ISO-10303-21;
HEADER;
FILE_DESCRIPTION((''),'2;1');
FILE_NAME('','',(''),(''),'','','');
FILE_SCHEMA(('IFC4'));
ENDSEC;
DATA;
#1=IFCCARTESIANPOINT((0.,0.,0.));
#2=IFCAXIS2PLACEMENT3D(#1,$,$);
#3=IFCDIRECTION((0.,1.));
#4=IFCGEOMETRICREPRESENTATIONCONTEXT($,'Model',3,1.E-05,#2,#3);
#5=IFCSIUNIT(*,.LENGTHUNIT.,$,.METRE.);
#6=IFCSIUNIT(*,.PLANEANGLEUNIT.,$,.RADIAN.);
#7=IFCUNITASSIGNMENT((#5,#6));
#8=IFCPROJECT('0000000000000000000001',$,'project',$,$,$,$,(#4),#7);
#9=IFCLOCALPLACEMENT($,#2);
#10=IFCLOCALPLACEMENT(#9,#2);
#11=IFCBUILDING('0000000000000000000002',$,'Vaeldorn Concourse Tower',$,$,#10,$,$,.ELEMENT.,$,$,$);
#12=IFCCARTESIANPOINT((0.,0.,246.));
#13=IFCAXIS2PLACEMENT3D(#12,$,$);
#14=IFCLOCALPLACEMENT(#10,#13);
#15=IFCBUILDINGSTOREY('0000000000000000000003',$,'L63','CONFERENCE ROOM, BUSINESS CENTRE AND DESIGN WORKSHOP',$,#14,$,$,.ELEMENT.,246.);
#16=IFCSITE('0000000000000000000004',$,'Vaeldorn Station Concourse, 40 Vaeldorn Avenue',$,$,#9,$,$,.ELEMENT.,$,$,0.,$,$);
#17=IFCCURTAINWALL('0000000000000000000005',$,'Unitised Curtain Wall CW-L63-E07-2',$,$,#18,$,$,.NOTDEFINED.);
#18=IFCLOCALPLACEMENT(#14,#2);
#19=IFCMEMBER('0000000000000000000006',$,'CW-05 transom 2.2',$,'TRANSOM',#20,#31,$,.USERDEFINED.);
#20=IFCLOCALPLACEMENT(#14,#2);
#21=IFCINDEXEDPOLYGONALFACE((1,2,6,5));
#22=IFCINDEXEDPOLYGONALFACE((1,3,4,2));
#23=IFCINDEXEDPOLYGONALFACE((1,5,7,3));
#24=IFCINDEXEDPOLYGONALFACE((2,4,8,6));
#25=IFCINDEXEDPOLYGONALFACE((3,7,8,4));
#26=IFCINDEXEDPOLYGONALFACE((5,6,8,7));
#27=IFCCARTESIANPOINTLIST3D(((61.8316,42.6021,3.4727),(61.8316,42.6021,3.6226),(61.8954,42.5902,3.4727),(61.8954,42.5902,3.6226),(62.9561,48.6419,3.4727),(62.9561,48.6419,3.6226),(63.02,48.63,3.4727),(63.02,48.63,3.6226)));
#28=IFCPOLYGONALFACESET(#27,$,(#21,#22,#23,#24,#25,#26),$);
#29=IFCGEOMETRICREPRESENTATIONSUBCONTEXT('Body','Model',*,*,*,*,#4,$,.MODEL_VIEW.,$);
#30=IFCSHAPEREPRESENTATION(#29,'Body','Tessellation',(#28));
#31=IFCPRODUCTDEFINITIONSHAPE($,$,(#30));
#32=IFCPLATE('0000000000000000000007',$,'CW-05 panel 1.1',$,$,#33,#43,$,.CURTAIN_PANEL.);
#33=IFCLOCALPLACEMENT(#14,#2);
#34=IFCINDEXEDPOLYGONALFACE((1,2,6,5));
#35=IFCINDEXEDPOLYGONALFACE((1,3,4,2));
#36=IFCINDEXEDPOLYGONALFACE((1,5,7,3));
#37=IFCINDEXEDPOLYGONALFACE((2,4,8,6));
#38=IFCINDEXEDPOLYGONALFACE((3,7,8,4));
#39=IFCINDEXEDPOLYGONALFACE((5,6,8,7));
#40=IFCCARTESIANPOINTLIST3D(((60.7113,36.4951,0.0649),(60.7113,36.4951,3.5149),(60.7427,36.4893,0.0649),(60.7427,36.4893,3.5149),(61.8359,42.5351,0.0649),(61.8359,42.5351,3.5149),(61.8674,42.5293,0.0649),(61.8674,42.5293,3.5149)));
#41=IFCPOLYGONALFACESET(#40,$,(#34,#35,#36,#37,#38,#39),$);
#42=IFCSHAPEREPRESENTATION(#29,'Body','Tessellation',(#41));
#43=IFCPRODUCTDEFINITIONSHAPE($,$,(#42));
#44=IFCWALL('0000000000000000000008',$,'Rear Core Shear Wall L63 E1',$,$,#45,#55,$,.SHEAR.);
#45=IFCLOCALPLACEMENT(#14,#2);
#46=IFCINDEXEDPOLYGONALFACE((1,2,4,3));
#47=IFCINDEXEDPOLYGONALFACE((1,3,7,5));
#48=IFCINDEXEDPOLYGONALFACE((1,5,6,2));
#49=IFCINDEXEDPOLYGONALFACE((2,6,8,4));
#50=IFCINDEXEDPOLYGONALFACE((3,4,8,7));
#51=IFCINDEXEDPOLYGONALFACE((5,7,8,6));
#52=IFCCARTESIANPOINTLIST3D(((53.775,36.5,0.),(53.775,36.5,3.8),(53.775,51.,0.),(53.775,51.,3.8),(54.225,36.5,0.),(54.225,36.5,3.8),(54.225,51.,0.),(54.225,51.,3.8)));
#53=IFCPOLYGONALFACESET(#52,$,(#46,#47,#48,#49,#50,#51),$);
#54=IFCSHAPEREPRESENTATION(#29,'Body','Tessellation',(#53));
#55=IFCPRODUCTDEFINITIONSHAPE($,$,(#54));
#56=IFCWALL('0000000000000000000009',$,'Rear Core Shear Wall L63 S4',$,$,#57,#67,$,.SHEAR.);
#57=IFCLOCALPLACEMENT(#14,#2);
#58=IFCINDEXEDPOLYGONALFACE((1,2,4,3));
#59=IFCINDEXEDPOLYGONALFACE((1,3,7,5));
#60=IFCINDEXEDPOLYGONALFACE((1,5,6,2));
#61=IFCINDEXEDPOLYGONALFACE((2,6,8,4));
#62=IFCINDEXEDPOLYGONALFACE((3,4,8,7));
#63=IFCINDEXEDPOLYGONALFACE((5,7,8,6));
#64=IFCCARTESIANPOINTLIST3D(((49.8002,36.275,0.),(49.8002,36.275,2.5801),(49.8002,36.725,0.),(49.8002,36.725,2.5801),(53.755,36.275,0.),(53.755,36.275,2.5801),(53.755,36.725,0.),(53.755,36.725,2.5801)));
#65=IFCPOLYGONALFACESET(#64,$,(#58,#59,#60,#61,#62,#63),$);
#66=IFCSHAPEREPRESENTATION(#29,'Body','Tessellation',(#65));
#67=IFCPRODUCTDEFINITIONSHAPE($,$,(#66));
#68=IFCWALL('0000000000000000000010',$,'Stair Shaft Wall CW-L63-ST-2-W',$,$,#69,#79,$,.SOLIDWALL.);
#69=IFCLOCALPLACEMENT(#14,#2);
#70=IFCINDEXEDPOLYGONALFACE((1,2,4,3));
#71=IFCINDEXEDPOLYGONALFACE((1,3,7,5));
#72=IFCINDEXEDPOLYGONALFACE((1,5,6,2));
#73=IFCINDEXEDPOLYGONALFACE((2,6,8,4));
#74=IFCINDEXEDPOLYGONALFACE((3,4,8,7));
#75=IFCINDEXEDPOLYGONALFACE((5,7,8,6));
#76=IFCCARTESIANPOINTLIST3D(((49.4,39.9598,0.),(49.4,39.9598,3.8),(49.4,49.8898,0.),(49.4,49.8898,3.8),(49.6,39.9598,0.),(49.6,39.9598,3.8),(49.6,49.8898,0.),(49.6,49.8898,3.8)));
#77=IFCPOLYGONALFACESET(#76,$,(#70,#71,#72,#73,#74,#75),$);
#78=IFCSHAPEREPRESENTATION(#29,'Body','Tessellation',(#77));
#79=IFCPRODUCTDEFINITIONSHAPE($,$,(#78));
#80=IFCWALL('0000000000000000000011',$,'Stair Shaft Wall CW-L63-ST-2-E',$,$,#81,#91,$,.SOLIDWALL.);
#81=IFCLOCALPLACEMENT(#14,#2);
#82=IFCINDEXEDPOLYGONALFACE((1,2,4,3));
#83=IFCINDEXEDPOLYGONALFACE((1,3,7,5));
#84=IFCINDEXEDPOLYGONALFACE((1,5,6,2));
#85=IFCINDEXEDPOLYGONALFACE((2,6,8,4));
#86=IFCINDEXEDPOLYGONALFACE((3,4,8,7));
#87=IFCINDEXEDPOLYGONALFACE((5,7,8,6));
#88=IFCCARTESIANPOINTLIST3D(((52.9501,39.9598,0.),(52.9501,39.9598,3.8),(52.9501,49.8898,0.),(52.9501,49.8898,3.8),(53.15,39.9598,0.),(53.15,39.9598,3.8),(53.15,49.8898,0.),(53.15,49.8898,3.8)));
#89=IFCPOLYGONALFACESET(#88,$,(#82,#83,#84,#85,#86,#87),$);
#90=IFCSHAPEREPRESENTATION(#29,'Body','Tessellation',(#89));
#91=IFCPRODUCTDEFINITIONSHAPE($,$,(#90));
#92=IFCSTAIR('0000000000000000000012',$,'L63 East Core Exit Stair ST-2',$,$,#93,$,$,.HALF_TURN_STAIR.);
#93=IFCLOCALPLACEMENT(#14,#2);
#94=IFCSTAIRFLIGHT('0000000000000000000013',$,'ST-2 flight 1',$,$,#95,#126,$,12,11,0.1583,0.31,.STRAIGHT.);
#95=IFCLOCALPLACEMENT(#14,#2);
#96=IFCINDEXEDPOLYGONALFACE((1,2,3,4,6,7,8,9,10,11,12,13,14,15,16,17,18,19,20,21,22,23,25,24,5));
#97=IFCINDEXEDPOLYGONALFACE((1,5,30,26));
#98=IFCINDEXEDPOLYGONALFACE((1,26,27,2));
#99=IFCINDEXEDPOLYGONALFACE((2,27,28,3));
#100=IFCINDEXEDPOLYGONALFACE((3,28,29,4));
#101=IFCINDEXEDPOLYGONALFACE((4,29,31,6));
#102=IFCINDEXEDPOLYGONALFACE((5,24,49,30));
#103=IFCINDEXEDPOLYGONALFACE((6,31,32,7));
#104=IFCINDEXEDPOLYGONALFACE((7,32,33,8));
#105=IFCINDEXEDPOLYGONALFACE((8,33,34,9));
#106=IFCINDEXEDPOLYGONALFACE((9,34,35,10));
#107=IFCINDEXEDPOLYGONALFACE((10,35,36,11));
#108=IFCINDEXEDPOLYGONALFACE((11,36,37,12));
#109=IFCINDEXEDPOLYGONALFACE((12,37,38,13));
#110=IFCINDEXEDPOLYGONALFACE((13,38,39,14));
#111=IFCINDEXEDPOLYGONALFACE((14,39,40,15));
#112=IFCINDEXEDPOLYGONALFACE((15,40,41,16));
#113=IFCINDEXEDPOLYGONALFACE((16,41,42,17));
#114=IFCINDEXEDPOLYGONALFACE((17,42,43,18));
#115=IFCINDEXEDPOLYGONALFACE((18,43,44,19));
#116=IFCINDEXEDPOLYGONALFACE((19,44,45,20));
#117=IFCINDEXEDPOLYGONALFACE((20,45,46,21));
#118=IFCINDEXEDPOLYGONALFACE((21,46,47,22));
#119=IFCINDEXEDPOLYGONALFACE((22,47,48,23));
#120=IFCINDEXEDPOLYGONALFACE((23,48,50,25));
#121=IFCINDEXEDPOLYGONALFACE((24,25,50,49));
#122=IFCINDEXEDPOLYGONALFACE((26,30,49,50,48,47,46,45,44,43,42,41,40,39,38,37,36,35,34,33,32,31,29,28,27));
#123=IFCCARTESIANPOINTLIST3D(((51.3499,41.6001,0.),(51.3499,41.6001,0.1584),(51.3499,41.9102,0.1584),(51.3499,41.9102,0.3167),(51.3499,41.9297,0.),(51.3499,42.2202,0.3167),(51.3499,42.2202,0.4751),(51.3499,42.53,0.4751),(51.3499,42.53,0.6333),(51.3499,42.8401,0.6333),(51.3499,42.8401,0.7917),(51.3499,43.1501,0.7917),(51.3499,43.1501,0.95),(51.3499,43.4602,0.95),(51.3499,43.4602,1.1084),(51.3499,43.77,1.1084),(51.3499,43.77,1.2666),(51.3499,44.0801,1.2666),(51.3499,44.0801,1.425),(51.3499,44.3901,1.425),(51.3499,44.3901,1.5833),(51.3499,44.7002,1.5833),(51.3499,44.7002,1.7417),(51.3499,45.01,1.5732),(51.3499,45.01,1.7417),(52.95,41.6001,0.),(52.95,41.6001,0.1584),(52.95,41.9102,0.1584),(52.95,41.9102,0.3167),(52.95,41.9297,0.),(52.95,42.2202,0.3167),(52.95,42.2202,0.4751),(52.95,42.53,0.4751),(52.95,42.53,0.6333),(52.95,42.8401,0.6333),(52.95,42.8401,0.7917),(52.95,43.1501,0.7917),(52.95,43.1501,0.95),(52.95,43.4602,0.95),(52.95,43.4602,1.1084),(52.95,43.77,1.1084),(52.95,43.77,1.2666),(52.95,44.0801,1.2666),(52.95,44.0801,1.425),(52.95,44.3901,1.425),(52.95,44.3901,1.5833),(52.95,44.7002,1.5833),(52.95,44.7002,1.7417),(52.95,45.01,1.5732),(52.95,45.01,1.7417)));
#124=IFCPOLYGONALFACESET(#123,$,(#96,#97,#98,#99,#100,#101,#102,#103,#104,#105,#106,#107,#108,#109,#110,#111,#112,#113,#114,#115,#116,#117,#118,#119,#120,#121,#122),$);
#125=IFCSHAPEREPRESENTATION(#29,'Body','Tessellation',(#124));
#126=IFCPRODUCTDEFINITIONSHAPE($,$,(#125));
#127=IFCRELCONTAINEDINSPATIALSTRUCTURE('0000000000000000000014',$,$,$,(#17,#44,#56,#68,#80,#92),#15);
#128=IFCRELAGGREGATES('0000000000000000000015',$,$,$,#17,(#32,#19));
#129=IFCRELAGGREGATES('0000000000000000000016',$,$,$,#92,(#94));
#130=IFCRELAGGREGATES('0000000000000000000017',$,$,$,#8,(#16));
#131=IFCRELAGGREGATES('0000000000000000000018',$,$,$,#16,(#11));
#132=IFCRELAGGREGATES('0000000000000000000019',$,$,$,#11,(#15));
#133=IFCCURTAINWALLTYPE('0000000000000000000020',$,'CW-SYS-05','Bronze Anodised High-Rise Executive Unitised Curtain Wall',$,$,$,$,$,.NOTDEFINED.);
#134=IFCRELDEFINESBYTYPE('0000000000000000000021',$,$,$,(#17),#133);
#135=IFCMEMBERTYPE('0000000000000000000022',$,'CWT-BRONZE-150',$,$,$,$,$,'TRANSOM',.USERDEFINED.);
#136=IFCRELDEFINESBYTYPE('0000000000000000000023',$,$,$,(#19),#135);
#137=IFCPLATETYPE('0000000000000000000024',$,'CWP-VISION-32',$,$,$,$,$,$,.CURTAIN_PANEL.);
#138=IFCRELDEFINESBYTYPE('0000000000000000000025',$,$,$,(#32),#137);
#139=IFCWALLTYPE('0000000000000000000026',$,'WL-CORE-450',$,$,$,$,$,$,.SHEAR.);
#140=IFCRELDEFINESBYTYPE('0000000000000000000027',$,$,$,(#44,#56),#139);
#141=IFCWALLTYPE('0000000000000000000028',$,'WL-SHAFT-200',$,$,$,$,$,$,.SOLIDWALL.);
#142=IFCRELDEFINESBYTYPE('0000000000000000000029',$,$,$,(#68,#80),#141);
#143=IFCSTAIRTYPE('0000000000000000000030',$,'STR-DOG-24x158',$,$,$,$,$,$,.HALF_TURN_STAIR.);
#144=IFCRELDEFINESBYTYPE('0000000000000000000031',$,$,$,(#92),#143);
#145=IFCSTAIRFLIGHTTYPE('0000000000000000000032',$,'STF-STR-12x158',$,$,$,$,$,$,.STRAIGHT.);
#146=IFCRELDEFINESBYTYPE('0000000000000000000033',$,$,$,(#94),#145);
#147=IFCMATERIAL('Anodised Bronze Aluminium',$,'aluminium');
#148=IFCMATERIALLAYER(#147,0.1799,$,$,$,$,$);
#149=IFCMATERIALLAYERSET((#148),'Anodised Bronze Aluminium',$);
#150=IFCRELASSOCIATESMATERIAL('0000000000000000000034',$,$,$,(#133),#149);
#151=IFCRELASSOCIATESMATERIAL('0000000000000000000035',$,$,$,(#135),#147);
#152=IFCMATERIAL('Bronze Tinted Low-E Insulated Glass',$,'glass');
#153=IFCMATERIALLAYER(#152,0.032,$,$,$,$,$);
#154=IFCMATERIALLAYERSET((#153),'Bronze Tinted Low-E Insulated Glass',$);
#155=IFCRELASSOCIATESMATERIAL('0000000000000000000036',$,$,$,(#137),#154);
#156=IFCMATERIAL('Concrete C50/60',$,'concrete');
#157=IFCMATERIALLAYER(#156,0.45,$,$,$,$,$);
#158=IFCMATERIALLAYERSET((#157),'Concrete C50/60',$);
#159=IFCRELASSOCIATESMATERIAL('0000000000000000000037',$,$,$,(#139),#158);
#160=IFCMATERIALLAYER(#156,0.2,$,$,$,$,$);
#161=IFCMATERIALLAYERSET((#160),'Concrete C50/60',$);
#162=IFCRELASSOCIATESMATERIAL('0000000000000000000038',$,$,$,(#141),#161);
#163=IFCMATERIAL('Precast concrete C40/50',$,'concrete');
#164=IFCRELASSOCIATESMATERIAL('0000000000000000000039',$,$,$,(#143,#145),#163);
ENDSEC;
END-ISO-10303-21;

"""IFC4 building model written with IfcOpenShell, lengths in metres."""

from ifc_helpers import new_model, si_unit, direction, frame, frame_2d, origin, origin_2d, place, context, subcontext, project, spatial, polyline, rectangle, outline, extrude, source, transform, mapped, material, layer, layer_set, material_profile, profile_set, type_object, element, aggregate, save


model = new_model("IFC4")

# Units and contexts
model_context = context("Model", 3, precision=1e-05, world=origin(), true_north=direction((0.0, 1.0)))
body_context = subcontext(model_context, "Body", "Model", "MODEL_VIEW")
ifc_project = project(units=[si_unit("LENGTHUNIT", "METRE"), si_unit("PLANEANGLEUNIT", "RADIAN")], contexts=[model_context])

# Site, building, storey
site_placement = place(None, origin())
site = spatial("IfcSite", under=ifc_project, at=site_placement, Name="Vaeldorn Station Concourse, 40 Vaeldorn Avenue", CompositionType="ELEMENT", RefElevation=0.0)
building_placement = place(site_placement, origin())
building = spatial("IfcBuilding", under=site, at=building_placement, Name="Vaeldorn Concourse Tower", CompositionType="ELEMENT")
storey_placement = place(building_placement, frame((0.0, 0.0, 246.0)))
storey = spatial("IfcBuildingStorey", under=building, at=storey_placement, Name="L63", Description="CONFERENCE ROOM, BUSINESS CENTRE AND DESIGN WORKSHOP", CompositionType="ELEMENT", Elevation=246.0)

# Shared definitions
ifc_material_1 = material(Name="Concrete C50/60", Category="concrete")

# Curtain wall, member, plate
ifc_material_2 = material(Name="Anodised Bronze Aluminium", Category="aluminium")
ifc_layer_1 = layer(ifc_material_2, 0.1799)
ifc_layer_set_1 = layer_set([ifc_layer_1], Name="Anodised Bronze Aluminium")
curtain_wall_type = type_object("IfcCurtainWallType", Name="CW-SYS-05", Description="Bronze Anodised High-Rise Executive Unitised Curtain Wall", PredefinedType="NOTDEFINED", material=ifc_layer_set_1)
curtain_wall_placement = place(storey_placement, origin())
curtain_wall = element("IfcCurtainWall", 1, at=curtain_wall_placement, inside=storey, type_object=curtain_wall_type, Name="Unitised Curtain Wall CW-L63-E07-2", PredefinedType="NOTDEFINED")
ifc_material_profile_1 = material_profile(ifc_material_2, rectangle(XDim=0.0649, YDim=0.1499, at=origin_2d()), Name="CWT 65x150")
ifc_profile_set_1 = profile_set([ifc_material_profile_1], Name="Anodised Bronze Aluminium")
member_type_1 = type_object("IfcMemberType", Name="CWT-BRONZE-150", ElementType="TRANSOM", PredefinedType="USERDEFINED", material=ifc_profile_set_1)
shared_shape_1 = source(origin(), body_context, "Body", "SweptSolid", [
    extrude(rectangle(XDim=0.0649, YDim=0.1499, at=origin_2d()), origin(), (0.0, 0.0, 1.0), 6.1436),
])
member_1_placement = place(storey_placement, frame((61.8635, 42.5962, 3.5476), z_axis=(0.183038, 0.983106, 0.0), x_axis=(-0.983106, 0.183038, 0.0)))
member_1 = element("IfcMember", 2, at=member_1_placement, type_object=member_type_1, Name="CW-05 transom 2.2", ObjectType="TRANSOM", PredefinedType="USERDEFINED", context=body_context, shape_type="MappedRepresentation", body=[
    mapped(shared_shape_1, transform((0.0, 0.0, 0.0), scale=1.0)),
])
ifc_material_3 = material(Name="Bronze Tinted Low-E Insulated Glass", Category="glass")
ifc_layer_2 = layer(ifc_material_3, 0.032)
ifc_layer_set_2 = layer_set([ifc_layer_2], Name="Bronze Tinted Low-E Insulated Glass")
plate_type = type_object("IfcPlateType", Name="CWP-VISION-32", PredefinedType="CURTAIN_PANEL", material=ifc_layer_set_2)
shared_shape_2 = source(origin(), body_context, "Body", "SweptSolid", [
    extrude(rectangle(XDim=6.1438, YDim=0.032, at=origin_2d()), origin(), (0.0, 0.0, 1.0), 3.45),
])
plate_placement = place(storey_placement, frame((61.2893, 39.5122, 0.0649), z_axis=(0.0, 0.0, 1.0), x_axis=(0.183054, 0.983103, 0.0)))
plate = element("IfcPlate", 3, at=plate_placement, type_object=plate_type, Name="CW-05 panel 1.1", PredefinedType="CURTAIN_PANEL", context=body_context, shape_type="MappedRepresentation", body=[
    mapped(shared_shape_2, transform((0.0, 0.0, 0.0), scale=1.0)),
])
aggregate(curtain_wall, [plate, member_1])

# Walls
ifc_layer_3 = layer(ifc_material_1, 0.45)
ifc_layer_set_3 = layer_set([ifc_layer_3], Name="Concrete C50/60")
wall_type_1 = type_object("IfcWallType", Name="WL-CORE-450", PredefinedType="SHEAR", material=ifc_layer_set_3)
wall_1_placement = place(storey_placement, frame((54.0, 36.5, 0.0), z_axis=(0.0, 0.0, 1.0), x_axis=(0.0, 1.0, 0.0)))
element("IfcWall", 4, at=wall_1_placement, inside=storey, type_object=wall_type_1, Name="Rear Core Shear Wall L63 E1", PredefinedType="SHEAR", context=body_context, shape_type="SweptSolid", body=[
    extrude(rectangle(XDim=14.5, YDim=0.45, at=frame_2d((7.25, 0.0))), origin(), (0.0, 0.0, 1.0), 3.8),
])
wall_2_placement = place(storey_placement, frame((49.8, 36.5, 0.0), z_axis=(0.0, 0.0, 1.0), x_axis=(1.0, 0.0, 0.0)))
element("IfcWall", 5, at=wall_2_placement, inside=storey, type_object=wall_type_1, Name="Rear Core Shear Wall L63 S4", PredefinedType="SHEAR", context=body_context, shape_type="SweptSolid", body=[
    extrude(rectangle(XDim=3.9548, YDim=0.45, at=frame_2d((1.9775, 0.0))), origin(), (0.0, 0.0, 1.0), 2.5801),
])
ifc_layer_4 = layer(ifc_material_1, 0.2)
ifc_layer_set_4 = layer_set([ifc_layer_4], Name="Concrete C50/60")
wall_type_2 = type_object("IfcWallType", Name="WL-SHAFT-200", PredefinedType="SOLIDWALL", material=ifc_layer_set_4)
for number, where, z_axis, x_axis, name in (
    (6, (49.5, 39.96, 0.0), (0.0, 0.0, 1.0), (0.0, 1.0, 0.0), "Stair Shaft Wall CW-L63-ST-2-W"),
    (7, (53.05, 39.96, 0.0), (0.0, 0.0, 1.0), (0.0, 1.0, 0.0), "Stair Shaft Wall CW-L63-ST-2-E"),
):
    element("IfcWall", number, at=place(storey_placement, frame(where, z_axis=z_axis, x_axis=x_axis)), inside=storey, type_object=wall_type_2, Name=name, PredefinedType="SOLIDWALL", context=body_context, shape_type="SweptSolid", body=[
        extrude(rectangle(XDim=9.9299, YDim=0.2, at=frame_2d((4.9648, 0.0))), origin(), (0.0, 0.0, 1.0), 3.8),
    ])

# Stair, stair flight
ifc_material_4 = material(Name="Precast concrete C40/50", Category="concrete")
stair_type = type_object("IfcStairType", Name="STR-DOG-24x158", PredefinedType="HALF_TURN_STAIR", material=ifc_material_4)
stair_placement = place(storey_placement, origin())
stair = element("IfcStair", 8, at=stair_placement, inside=storey, type_object=stair_type, Name="L63 East Core Exit Stair ST-2", PredefinedType="HALF_TURN_STAIR")
stair_flight_type = type_object("IfcStairFlightType", Name="STF-STR-12x158", PredefinedType="STRAIGHT", material=ifc_material_4)
stair_flight_placement = place(storey_placement, frame((52.1499, 41.6001, 0.0), z_axis=(0.0, 0.0, 1.0), x_axis=(0.0, 1.0, 0.0)))
stair_flight = element("IfcStairFlight", 9, at=stair_flight_placement, type_object=stair_flight_type, Name="ST-2 flight 1", NumberOfRisers=12, NumberOfTreads=11, PredefinedType="STRAIGHT", RiserHeight=0.1583, TreadLength=0.31, context=body_context, shape_type="SweptSolid", body=[
    extrude(outline(polyline([(0.0, 0.0), (0.0, 0.1584), (0.3101, 0.1584), (0.3101, 0.3167), (0.6201, 0.3167), (0.6201, 0.4751), (0.9299, 0.4751), (0.9299, 0.6333), (1.24, 0.6333), (1.24, 0.7917), (1.55, 0.7917), (1.55, 0.95), (1.8601, 0.95), (1.8601, 1.1084), (2.1699, 1.1084), (2.1699, 1.2666), (2.48, 1.2666), (2.48, 1.425), (2.79, 1.425), (2.79, 1.5833), (3.1001, 1.5833), (3.1001, 1.7417), (3.4099, 1.7417), (3.4099, 1.8999), (3.4099, 1.5732), (0.3296, 0.0), (0.0, 0.0)])), frame((0.0, 0.8, 0.0), z_axis=(0.0, -1.0, 0.0), x_axis=(1.0, 0.0, 0.0)), (0.0, 0.0, 1.0), 1.6001),
])
aggregate(stair, [stair_flight])

save(model, "model.ifc")
